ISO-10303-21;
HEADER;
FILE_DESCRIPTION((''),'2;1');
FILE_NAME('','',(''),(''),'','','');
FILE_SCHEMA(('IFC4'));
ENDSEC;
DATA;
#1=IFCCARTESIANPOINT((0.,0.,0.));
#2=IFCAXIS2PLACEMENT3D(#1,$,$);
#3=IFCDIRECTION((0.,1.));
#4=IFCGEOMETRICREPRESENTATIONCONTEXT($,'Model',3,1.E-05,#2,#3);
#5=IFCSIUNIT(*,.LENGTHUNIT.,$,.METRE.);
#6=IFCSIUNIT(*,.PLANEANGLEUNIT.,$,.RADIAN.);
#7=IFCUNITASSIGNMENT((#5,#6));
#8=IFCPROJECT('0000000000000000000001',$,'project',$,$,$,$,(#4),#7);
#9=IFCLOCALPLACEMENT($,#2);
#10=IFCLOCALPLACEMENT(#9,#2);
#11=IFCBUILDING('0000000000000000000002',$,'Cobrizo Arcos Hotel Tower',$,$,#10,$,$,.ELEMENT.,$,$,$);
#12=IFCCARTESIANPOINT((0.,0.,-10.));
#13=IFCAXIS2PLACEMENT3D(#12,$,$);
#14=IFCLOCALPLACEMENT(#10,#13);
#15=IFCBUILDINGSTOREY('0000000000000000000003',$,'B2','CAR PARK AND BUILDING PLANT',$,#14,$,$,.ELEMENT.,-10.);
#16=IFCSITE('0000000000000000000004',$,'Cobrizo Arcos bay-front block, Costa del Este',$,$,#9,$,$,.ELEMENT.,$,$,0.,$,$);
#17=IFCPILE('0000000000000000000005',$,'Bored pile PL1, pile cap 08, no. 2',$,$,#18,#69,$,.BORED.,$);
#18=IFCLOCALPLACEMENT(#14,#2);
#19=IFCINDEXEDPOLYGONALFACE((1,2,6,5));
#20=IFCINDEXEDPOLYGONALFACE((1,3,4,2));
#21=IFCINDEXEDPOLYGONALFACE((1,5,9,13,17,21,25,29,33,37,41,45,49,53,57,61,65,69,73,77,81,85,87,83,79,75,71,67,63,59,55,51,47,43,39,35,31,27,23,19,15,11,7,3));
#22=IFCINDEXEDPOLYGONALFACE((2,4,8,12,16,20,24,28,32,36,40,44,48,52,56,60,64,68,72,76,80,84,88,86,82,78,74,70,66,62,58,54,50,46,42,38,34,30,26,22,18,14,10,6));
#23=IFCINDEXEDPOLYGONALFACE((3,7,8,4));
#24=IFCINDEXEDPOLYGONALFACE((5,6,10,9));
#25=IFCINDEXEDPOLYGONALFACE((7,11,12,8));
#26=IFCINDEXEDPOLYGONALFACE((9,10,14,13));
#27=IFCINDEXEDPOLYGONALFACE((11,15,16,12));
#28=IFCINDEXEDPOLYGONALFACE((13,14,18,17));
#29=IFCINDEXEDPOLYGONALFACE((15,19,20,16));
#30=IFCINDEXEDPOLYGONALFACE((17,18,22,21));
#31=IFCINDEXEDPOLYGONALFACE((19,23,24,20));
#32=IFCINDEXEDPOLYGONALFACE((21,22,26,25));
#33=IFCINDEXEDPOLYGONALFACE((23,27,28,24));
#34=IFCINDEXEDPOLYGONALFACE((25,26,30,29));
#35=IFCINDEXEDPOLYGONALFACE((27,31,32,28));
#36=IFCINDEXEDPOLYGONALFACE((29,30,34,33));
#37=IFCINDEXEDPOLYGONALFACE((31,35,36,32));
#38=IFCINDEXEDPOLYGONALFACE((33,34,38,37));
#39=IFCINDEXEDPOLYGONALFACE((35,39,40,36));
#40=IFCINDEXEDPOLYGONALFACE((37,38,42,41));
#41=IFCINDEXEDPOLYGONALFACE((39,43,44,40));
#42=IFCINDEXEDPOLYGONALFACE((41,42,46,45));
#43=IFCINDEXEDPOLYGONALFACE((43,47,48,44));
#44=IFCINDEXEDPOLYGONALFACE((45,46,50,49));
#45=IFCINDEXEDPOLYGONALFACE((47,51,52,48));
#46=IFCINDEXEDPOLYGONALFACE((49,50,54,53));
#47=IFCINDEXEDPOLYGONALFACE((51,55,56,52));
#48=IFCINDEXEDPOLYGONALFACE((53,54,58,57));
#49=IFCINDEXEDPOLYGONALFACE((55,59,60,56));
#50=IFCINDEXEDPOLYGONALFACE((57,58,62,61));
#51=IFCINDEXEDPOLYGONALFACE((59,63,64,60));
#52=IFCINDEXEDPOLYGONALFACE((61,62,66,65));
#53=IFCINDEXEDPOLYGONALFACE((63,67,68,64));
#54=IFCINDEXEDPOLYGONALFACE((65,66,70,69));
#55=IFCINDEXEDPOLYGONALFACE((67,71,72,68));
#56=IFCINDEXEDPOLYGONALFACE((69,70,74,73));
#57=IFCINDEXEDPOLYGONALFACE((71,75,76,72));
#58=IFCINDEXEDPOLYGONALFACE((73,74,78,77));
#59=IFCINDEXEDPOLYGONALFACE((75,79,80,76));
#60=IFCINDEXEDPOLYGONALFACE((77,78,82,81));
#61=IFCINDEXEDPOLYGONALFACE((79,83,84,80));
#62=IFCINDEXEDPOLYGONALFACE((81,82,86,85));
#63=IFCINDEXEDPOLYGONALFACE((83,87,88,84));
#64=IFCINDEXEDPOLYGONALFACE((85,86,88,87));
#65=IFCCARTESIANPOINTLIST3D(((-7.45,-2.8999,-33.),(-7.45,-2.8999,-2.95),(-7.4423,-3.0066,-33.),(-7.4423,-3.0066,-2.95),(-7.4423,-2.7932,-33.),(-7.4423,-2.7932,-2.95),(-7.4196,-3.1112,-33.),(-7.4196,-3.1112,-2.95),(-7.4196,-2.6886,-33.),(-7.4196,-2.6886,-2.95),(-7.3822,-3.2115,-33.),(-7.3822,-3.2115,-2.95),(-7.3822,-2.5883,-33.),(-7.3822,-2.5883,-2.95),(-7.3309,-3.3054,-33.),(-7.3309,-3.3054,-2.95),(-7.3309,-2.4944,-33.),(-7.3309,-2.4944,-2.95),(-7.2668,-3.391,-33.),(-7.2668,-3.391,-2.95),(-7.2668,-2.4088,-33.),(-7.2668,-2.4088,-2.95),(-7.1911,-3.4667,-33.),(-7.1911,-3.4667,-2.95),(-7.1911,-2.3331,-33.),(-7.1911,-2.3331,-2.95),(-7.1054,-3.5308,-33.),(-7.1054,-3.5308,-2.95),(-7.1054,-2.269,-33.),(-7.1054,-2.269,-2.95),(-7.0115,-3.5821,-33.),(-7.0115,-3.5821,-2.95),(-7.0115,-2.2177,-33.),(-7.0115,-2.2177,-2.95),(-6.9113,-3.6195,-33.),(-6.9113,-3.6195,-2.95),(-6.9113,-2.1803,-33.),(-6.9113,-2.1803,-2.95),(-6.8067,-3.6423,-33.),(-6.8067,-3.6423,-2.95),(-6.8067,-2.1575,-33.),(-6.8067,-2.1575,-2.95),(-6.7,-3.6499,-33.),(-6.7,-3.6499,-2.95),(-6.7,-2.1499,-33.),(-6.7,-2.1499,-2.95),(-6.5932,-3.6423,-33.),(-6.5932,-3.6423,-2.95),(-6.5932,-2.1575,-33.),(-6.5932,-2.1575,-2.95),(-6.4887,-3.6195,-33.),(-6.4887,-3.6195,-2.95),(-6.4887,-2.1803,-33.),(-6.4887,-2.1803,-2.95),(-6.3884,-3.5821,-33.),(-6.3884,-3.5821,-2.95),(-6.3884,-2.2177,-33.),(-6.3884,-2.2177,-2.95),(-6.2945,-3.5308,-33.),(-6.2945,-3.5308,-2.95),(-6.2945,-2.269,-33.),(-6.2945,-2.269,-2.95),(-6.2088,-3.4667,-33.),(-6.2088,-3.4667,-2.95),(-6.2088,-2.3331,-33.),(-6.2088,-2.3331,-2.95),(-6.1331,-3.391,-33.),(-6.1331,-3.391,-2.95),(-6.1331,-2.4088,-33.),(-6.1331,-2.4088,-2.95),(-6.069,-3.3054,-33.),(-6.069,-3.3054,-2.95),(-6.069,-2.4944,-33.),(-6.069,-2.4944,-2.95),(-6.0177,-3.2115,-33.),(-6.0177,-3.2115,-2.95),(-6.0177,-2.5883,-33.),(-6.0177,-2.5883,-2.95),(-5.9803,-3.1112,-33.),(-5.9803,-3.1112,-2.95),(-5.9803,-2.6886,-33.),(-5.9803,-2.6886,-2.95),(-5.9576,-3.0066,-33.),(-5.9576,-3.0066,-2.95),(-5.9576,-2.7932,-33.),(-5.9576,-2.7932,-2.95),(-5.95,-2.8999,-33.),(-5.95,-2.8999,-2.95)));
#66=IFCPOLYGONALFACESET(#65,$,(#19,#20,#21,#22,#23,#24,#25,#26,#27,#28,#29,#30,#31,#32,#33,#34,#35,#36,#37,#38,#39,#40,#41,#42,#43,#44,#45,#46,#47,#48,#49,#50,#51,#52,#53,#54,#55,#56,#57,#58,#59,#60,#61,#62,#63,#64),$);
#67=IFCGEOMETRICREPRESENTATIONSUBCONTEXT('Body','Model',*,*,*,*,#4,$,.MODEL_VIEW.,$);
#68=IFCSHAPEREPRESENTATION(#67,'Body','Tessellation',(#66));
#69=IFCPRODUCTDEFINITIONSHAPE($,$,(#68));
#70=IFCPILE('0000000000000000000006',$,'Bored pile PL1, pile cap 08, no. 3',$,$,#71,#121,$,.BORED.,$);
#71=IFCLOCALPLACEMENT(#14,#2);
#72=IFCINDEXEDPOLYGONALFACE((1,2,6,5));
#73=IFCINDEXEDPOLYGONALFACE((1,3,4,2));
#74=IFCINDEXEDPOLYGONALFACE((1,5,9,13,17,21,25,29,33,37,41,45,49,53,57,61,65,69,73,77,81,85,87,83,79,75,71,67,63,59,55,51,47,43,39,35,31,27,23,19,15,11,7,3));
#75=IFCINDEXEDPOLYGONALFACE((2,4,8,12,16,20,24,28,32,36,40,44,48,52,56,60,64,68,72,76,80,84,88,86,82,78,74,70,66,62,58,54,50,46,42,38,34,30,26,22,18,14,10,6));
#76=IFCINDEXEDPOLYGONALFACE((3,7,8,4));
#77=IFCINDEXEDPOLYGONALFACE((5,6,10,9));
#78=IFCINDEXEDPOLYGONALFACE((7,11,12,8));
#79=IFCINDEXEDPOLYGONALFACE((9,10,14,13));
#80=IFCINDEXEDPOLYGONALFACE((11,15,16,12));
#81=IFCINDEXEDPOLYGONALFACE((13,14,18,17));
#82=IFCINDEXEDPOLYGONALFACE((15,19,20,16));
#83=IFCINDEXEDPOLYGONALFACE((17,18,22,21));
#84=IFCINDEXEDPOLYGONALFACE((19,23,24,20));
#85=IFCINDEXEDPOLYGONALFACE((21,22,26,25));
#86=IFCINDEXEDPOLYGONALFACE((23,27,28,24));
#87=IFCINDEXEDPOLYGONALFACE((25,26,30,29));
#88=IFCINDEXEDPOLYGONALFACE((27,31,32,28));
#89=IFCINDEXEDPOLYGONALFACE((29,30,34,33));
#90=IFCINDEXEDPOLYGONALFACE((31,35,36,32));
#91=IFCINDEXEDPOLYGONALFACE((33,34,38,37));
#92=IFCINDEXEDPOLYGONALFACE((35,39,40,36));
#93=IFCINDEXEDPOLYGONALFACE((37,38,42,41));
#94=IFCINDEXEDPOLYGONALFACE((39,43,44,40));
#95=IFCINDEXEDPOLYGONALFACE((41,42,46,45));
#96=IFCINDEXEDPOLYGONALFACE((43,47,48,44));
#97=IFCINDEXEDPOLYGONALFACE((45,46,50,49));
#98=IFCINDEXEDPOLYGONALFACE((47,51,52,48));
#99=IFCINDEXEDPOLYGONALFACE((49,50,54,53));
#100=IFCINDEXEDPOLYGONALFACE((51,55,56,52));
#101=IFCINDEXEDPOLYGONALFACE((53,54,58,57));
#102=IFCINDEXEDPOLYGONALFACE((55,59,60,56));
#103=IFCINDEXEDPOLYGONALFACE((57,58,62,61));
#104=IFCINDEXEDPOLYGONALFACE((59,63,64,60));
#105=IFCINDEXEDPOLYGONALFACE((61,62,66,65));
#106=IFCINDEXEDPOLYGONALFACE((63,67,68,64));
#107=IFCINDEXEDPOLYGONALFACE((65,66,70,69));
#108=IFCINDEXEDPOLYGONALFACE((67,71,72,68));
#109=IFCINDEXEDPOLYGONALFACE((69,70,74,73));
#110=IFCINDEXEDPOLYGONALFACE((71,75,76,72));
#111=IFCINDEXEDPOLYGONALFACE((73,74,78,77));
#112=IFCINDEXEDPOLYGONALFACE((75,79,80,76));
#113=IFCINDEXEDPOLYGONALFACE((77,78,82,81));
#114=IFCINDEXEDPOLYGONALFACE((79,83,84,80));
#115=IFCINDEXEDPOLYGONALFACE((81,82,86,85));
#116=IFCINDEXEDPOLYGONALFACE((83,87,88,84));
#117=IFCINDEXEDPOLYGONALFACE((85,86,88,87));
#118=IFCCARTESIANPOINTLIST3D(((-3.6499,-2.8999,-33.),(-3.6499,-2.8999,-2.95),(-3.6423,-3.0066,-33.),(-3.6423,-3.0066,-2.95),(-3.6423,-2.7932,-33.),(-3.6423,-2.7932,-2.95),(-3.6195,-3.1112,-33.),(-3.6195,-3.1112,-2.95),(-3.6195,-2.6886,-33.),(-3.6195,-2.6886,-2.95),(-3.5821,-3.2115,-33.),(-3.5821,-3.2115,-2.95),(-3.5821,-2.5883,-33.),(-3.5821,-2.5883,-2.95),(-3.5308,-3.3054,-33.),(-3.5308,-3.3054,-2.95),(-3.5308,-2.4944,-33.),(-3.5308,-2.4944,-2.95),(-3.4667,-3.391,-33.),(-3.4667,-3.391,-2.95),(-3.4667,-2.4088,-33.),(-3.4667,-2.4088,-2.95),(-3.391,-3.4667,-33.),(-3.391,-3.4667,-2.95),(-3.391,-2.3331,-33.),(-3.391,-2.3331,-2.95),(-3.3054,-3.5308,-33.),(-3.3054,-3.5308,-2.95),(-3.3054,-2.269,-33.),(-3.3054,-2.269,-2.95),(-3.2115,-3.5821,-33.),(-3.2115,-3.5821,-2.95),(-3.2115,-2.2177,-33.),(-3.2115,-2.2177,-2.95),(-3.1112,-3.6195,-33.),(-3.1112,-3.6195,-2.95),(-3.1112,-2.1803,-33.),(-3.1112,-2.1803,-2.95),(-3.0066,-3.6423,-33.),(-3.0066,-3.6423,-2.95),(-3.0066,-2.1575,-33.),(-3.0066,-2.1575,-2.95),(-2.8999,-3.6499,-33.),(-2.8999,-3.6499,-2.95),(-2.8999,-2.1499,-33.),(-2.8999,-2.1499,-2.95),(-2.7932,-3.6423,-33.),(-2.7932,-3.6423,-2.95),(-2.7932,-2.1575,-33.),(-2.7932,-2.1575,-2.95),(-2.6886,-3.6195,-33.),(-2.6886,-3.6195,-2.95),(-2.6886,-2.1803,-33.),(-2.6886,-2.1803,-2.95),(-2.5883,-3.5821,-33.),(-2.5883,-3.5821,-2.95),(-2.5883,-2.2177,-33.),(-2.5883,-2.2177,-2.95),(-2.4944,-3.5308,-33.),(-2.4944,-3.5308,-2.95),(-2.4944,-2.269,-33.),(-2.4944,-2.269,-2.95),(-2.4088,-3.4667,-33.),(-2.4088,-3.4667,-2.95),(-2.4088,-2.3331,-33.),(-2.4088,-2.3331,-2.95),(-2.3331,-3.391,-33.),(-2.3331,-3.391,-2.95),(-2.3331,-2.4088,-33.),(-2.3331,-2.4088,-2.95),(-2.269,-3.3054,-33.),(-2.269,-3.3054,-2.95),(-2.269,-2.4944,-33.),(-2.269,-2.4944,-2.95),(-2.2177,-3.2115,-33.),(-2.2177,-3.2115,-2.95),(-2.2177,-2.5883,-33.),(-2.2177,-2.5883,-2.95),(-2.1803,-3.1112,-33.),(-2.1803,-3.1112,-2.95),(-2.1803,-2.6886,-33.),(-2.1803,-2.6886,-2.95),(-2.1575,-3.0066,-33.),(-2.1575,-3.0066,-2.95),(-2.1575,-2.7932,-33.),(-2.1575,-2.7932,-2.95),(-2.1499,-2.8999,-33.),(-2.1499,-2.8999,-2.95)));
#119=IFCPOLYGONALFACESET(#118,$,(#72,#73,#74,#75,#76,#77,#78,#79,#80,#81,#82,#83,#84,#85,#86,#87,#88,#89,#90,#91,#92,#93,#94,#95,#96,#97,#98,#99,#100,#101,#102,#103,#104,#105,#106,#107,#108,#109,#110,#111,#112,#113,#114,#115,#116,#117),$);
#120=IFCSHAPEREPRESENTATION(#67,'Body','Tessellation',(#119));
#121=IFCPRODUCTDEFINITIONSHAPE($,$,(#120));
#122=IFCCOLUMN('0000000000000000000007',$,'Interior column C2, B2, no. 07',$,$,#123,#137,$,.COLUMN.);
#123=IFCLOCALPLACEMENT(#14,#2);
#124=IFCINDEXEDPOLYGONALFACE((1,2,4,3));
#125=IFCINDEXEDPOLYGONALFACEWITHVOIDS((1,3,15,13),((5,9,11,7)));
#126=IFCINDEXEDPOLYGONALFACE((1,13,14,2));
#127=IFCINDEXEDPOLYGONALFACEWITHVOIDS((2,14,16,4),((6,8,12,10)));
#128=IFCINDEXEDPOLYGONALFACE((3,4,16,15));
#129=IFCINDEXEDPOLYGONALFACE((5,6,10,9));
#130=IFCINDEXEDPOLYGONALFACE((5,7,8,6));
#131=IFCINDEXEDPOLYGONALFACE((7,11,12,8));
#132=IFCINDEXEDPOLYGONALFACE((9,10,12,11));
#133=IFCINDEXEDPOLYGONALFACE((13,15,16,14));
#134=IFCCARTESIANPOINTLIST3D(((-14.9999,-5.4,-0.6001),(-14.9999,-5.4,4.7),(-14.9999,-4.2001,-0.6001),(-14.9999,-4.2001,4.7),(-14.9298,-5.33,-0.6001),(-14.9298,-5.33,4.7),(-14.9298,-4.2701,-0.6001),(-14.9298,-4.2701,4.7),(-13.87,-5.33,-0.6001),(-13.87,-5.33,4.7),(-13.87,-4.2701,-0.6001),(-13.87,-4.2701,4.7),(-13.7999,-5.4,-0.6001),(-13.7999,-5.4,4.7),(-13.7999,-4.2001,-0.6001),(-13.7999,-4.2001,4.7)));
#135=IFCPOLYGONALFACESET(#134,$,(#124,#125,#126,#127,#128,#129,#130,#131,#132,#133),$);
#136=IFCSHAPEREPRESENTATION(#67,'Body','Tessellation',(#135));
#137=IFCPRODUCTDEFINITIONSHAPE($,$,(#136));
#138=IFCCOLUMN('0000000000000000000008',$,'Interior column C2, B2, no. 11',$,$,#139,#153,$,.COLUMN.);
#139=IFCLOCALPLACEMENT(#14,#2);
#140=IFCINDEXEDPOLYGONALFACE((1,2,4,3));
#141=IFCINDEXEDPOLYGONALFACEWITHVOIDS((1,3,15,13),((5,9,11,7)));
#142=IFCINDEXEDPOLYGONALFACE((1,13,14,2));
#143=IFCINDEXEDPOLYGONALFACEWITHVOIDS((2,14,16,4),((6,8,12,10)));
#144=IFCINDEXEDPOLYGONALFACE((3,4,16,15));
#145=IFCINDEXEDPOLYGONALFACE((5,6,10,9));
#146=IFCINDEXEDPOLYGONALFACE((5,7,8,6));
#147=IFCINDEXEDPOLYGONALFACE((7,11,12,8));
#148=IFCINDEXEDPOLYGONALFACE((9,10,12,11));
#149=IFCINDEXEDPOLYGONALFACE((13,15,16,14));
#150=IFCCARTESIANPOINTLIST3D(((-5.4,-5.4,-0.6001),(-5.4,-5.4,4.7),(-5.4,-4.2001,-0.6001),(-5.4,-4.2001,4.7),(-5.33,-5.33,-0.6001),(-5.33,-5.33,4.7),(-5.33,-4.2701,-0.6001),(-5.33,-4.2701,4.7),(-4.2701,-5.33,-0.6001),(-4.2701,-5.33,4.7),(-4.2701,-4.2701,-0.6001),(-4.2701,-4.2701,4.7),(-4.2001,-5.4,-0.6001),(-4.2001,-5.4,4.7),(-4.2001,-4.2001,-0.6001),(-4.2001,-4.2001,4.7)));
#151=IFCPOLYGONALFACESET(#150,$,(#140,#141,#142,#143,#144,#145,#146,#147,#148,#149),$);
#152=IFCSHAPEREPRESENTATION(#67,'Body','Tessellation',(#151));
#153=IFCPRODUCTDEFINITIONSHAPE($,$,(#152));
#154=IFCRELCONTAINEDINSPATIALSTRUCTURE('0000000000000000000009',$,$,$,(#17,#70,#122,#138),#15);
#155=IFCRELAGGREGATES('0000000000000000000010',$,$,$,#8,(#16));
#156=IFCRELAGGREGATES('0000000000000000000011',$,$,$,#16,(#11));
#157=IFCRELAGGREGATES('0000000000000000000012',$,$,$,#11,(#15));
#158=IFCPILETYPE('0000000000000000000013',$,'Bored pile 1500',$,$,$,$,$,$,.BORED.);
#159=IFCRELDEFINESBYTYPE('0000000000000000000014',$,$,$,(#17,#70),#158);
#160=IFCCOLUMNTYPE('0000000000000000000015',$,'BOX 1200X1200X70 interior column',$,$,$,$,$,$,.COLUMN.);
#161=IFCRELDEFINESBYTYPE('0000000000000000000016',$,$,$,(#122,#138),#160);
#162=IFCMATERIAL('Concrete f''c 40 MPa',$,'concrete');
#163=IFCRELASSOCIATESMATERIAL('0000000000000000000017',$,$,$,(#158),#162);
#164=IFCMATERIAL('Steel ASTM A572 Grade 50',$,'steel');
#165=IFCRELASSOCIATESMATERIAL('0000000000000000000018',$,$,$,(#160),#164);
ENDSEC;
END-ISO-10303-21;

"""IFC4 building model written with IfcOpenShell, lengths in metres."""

from ifc_helpers import new_model, si_unit, direction, frame, origin, origin_2d, place, context, subcontext, project, spatial, hollow_rectangle, circle, extrude, material, material_profile, profile_set, type_object, element, save


model = new_model("IFC4")

# Units and contexts
model_context = context("Model", 3, precision=1e-05, world=origin(), true_north=direction((0.0, 1.0)))
body_context = subcontext(model_context, "Body", "Model", "MODEL_VIEW")
ifc_project = project(units=[si_unit("LENGTHUNIT", "METRE"), si_unit("PLANEANGLEUNIT", "RADIAN")], contexts=[model_context])

# Site, building, storey
site_placement = place(None, origin())
site = spatial("IfcSite", under=ifc_project, at=site_placement, Name="Cobrizo Arcos bay-front block, Costa del Este", CompositionType="ELEMENT", RefElevation=0.0)
building_placement = place(site_placement, origin())
building = spatial("IfcBuilding", under=site, at=building_placement, Name="Cobrizo Arcos Hotel Tower", CompositionType="ELEMENT")
storey_placement = place(building_placement, frame((0.0, 0.0, -10.0)))
storey = spatial("IfcBuildingStorey", under=building, at=storey_placement, Name="B2", Description="CAR PARK AND BUILDING PLANT", CompositionType="ELEMENT", Elevation=-10.0)

# Piles
ifc_material_1 = material(Name="Concrete f'c 40 MPa", Category="concrete")
ifc_material_profile_1 = material_profile(ifc_material_1, circle(Radius=0.75, at=origin_2d()), Name="BORED PILE 1500")
ifc_profile_set_1 = profile_set([ifc_material_profile_1], Name="Concrete f'c 40 MPa")
pile_type = type_object("IfcPileType", Name="Bored pile 1500", PredefinedType="BORED", material=ifc_profile_set_1)
for number, where, z_axis, x_axis, name in (
    (1, (-6.7, -2.8999, -2.95), (0.0, 0.0, -1.0), (1.0, 0.0, 0.0), "Bored pile PL1, pile cap 08, no. 2"),
    (2, (-2.8999, -2.8999, -2.95), (0.0, 0.0, -1.0), (1.0, 0.0, 0.0), "Bored pile PL1, pile cap 08, no. 3"),
):
    element("IfcPile", number, at=place(storey_placement, frame(where, z_axis=z_axis, x_axis=x_axis)), inside=storey, type_object=pile_type, Name=name, PredefinedType="BORED", context=body_context, shape_type="SweptSolid", body=[
        extrude(circle(Radius=0.75, at=origin_2d()), origin(), (0.0, 0.0, 1.0), 30.05),
    ])

# Columns
ifc_material_2 = material(Name="Steel ASTM A572 Grade 50", Category="steel")
ifc_material_profile_2 = material_profile(ifc_material_2, hollow_rectangle(XDim=1.2, YDim=1.2, WallThickness=0.0701, at=origin_2d()), Name="BOX 1200X1200X70")
ifc_profile_set_2 = profile_set([ifc_material_profile_2], Name="Steel ASTM A572 Grade 50")
column_type = type_object("IfcColumnType", Name="BOX 1200X1200X70 interior column", PredefinedType="COLUMN", material=ifc_profile_set_2)
for number, where, z_axis, x_axis, name in (
    (3, (-14.3999, -4.8, -0.6001), (0.0, 0.0, 1.0), (1.0, 0.0, 0.0), "Interior column C2, B2, no. 07"),
    (4, (-4.8, -4.8, -0.6001), (0.0, 0.0, 1.0), (1.0, 0.0, 0.0), "Interior column C2, B2, no. 11"),
):
    element("IfcColumn", number, at=place(storey_placement, frame(where, z_axis=z_axis, x_axis=x_axis)), inside=storey, type_object=column_type, Name=name, PredefinedType="COLUMN", context=body_context, shape_type="SweptSolid", body=[
        extrude(hollow_rectangle(XDim=1.2, YDim=1.2, WallThickness=0.0701, at=origin_2d()), origin(), (0.0, 0.0, 1.0), 5.3),
    ])

save(model, "model.ifc")
